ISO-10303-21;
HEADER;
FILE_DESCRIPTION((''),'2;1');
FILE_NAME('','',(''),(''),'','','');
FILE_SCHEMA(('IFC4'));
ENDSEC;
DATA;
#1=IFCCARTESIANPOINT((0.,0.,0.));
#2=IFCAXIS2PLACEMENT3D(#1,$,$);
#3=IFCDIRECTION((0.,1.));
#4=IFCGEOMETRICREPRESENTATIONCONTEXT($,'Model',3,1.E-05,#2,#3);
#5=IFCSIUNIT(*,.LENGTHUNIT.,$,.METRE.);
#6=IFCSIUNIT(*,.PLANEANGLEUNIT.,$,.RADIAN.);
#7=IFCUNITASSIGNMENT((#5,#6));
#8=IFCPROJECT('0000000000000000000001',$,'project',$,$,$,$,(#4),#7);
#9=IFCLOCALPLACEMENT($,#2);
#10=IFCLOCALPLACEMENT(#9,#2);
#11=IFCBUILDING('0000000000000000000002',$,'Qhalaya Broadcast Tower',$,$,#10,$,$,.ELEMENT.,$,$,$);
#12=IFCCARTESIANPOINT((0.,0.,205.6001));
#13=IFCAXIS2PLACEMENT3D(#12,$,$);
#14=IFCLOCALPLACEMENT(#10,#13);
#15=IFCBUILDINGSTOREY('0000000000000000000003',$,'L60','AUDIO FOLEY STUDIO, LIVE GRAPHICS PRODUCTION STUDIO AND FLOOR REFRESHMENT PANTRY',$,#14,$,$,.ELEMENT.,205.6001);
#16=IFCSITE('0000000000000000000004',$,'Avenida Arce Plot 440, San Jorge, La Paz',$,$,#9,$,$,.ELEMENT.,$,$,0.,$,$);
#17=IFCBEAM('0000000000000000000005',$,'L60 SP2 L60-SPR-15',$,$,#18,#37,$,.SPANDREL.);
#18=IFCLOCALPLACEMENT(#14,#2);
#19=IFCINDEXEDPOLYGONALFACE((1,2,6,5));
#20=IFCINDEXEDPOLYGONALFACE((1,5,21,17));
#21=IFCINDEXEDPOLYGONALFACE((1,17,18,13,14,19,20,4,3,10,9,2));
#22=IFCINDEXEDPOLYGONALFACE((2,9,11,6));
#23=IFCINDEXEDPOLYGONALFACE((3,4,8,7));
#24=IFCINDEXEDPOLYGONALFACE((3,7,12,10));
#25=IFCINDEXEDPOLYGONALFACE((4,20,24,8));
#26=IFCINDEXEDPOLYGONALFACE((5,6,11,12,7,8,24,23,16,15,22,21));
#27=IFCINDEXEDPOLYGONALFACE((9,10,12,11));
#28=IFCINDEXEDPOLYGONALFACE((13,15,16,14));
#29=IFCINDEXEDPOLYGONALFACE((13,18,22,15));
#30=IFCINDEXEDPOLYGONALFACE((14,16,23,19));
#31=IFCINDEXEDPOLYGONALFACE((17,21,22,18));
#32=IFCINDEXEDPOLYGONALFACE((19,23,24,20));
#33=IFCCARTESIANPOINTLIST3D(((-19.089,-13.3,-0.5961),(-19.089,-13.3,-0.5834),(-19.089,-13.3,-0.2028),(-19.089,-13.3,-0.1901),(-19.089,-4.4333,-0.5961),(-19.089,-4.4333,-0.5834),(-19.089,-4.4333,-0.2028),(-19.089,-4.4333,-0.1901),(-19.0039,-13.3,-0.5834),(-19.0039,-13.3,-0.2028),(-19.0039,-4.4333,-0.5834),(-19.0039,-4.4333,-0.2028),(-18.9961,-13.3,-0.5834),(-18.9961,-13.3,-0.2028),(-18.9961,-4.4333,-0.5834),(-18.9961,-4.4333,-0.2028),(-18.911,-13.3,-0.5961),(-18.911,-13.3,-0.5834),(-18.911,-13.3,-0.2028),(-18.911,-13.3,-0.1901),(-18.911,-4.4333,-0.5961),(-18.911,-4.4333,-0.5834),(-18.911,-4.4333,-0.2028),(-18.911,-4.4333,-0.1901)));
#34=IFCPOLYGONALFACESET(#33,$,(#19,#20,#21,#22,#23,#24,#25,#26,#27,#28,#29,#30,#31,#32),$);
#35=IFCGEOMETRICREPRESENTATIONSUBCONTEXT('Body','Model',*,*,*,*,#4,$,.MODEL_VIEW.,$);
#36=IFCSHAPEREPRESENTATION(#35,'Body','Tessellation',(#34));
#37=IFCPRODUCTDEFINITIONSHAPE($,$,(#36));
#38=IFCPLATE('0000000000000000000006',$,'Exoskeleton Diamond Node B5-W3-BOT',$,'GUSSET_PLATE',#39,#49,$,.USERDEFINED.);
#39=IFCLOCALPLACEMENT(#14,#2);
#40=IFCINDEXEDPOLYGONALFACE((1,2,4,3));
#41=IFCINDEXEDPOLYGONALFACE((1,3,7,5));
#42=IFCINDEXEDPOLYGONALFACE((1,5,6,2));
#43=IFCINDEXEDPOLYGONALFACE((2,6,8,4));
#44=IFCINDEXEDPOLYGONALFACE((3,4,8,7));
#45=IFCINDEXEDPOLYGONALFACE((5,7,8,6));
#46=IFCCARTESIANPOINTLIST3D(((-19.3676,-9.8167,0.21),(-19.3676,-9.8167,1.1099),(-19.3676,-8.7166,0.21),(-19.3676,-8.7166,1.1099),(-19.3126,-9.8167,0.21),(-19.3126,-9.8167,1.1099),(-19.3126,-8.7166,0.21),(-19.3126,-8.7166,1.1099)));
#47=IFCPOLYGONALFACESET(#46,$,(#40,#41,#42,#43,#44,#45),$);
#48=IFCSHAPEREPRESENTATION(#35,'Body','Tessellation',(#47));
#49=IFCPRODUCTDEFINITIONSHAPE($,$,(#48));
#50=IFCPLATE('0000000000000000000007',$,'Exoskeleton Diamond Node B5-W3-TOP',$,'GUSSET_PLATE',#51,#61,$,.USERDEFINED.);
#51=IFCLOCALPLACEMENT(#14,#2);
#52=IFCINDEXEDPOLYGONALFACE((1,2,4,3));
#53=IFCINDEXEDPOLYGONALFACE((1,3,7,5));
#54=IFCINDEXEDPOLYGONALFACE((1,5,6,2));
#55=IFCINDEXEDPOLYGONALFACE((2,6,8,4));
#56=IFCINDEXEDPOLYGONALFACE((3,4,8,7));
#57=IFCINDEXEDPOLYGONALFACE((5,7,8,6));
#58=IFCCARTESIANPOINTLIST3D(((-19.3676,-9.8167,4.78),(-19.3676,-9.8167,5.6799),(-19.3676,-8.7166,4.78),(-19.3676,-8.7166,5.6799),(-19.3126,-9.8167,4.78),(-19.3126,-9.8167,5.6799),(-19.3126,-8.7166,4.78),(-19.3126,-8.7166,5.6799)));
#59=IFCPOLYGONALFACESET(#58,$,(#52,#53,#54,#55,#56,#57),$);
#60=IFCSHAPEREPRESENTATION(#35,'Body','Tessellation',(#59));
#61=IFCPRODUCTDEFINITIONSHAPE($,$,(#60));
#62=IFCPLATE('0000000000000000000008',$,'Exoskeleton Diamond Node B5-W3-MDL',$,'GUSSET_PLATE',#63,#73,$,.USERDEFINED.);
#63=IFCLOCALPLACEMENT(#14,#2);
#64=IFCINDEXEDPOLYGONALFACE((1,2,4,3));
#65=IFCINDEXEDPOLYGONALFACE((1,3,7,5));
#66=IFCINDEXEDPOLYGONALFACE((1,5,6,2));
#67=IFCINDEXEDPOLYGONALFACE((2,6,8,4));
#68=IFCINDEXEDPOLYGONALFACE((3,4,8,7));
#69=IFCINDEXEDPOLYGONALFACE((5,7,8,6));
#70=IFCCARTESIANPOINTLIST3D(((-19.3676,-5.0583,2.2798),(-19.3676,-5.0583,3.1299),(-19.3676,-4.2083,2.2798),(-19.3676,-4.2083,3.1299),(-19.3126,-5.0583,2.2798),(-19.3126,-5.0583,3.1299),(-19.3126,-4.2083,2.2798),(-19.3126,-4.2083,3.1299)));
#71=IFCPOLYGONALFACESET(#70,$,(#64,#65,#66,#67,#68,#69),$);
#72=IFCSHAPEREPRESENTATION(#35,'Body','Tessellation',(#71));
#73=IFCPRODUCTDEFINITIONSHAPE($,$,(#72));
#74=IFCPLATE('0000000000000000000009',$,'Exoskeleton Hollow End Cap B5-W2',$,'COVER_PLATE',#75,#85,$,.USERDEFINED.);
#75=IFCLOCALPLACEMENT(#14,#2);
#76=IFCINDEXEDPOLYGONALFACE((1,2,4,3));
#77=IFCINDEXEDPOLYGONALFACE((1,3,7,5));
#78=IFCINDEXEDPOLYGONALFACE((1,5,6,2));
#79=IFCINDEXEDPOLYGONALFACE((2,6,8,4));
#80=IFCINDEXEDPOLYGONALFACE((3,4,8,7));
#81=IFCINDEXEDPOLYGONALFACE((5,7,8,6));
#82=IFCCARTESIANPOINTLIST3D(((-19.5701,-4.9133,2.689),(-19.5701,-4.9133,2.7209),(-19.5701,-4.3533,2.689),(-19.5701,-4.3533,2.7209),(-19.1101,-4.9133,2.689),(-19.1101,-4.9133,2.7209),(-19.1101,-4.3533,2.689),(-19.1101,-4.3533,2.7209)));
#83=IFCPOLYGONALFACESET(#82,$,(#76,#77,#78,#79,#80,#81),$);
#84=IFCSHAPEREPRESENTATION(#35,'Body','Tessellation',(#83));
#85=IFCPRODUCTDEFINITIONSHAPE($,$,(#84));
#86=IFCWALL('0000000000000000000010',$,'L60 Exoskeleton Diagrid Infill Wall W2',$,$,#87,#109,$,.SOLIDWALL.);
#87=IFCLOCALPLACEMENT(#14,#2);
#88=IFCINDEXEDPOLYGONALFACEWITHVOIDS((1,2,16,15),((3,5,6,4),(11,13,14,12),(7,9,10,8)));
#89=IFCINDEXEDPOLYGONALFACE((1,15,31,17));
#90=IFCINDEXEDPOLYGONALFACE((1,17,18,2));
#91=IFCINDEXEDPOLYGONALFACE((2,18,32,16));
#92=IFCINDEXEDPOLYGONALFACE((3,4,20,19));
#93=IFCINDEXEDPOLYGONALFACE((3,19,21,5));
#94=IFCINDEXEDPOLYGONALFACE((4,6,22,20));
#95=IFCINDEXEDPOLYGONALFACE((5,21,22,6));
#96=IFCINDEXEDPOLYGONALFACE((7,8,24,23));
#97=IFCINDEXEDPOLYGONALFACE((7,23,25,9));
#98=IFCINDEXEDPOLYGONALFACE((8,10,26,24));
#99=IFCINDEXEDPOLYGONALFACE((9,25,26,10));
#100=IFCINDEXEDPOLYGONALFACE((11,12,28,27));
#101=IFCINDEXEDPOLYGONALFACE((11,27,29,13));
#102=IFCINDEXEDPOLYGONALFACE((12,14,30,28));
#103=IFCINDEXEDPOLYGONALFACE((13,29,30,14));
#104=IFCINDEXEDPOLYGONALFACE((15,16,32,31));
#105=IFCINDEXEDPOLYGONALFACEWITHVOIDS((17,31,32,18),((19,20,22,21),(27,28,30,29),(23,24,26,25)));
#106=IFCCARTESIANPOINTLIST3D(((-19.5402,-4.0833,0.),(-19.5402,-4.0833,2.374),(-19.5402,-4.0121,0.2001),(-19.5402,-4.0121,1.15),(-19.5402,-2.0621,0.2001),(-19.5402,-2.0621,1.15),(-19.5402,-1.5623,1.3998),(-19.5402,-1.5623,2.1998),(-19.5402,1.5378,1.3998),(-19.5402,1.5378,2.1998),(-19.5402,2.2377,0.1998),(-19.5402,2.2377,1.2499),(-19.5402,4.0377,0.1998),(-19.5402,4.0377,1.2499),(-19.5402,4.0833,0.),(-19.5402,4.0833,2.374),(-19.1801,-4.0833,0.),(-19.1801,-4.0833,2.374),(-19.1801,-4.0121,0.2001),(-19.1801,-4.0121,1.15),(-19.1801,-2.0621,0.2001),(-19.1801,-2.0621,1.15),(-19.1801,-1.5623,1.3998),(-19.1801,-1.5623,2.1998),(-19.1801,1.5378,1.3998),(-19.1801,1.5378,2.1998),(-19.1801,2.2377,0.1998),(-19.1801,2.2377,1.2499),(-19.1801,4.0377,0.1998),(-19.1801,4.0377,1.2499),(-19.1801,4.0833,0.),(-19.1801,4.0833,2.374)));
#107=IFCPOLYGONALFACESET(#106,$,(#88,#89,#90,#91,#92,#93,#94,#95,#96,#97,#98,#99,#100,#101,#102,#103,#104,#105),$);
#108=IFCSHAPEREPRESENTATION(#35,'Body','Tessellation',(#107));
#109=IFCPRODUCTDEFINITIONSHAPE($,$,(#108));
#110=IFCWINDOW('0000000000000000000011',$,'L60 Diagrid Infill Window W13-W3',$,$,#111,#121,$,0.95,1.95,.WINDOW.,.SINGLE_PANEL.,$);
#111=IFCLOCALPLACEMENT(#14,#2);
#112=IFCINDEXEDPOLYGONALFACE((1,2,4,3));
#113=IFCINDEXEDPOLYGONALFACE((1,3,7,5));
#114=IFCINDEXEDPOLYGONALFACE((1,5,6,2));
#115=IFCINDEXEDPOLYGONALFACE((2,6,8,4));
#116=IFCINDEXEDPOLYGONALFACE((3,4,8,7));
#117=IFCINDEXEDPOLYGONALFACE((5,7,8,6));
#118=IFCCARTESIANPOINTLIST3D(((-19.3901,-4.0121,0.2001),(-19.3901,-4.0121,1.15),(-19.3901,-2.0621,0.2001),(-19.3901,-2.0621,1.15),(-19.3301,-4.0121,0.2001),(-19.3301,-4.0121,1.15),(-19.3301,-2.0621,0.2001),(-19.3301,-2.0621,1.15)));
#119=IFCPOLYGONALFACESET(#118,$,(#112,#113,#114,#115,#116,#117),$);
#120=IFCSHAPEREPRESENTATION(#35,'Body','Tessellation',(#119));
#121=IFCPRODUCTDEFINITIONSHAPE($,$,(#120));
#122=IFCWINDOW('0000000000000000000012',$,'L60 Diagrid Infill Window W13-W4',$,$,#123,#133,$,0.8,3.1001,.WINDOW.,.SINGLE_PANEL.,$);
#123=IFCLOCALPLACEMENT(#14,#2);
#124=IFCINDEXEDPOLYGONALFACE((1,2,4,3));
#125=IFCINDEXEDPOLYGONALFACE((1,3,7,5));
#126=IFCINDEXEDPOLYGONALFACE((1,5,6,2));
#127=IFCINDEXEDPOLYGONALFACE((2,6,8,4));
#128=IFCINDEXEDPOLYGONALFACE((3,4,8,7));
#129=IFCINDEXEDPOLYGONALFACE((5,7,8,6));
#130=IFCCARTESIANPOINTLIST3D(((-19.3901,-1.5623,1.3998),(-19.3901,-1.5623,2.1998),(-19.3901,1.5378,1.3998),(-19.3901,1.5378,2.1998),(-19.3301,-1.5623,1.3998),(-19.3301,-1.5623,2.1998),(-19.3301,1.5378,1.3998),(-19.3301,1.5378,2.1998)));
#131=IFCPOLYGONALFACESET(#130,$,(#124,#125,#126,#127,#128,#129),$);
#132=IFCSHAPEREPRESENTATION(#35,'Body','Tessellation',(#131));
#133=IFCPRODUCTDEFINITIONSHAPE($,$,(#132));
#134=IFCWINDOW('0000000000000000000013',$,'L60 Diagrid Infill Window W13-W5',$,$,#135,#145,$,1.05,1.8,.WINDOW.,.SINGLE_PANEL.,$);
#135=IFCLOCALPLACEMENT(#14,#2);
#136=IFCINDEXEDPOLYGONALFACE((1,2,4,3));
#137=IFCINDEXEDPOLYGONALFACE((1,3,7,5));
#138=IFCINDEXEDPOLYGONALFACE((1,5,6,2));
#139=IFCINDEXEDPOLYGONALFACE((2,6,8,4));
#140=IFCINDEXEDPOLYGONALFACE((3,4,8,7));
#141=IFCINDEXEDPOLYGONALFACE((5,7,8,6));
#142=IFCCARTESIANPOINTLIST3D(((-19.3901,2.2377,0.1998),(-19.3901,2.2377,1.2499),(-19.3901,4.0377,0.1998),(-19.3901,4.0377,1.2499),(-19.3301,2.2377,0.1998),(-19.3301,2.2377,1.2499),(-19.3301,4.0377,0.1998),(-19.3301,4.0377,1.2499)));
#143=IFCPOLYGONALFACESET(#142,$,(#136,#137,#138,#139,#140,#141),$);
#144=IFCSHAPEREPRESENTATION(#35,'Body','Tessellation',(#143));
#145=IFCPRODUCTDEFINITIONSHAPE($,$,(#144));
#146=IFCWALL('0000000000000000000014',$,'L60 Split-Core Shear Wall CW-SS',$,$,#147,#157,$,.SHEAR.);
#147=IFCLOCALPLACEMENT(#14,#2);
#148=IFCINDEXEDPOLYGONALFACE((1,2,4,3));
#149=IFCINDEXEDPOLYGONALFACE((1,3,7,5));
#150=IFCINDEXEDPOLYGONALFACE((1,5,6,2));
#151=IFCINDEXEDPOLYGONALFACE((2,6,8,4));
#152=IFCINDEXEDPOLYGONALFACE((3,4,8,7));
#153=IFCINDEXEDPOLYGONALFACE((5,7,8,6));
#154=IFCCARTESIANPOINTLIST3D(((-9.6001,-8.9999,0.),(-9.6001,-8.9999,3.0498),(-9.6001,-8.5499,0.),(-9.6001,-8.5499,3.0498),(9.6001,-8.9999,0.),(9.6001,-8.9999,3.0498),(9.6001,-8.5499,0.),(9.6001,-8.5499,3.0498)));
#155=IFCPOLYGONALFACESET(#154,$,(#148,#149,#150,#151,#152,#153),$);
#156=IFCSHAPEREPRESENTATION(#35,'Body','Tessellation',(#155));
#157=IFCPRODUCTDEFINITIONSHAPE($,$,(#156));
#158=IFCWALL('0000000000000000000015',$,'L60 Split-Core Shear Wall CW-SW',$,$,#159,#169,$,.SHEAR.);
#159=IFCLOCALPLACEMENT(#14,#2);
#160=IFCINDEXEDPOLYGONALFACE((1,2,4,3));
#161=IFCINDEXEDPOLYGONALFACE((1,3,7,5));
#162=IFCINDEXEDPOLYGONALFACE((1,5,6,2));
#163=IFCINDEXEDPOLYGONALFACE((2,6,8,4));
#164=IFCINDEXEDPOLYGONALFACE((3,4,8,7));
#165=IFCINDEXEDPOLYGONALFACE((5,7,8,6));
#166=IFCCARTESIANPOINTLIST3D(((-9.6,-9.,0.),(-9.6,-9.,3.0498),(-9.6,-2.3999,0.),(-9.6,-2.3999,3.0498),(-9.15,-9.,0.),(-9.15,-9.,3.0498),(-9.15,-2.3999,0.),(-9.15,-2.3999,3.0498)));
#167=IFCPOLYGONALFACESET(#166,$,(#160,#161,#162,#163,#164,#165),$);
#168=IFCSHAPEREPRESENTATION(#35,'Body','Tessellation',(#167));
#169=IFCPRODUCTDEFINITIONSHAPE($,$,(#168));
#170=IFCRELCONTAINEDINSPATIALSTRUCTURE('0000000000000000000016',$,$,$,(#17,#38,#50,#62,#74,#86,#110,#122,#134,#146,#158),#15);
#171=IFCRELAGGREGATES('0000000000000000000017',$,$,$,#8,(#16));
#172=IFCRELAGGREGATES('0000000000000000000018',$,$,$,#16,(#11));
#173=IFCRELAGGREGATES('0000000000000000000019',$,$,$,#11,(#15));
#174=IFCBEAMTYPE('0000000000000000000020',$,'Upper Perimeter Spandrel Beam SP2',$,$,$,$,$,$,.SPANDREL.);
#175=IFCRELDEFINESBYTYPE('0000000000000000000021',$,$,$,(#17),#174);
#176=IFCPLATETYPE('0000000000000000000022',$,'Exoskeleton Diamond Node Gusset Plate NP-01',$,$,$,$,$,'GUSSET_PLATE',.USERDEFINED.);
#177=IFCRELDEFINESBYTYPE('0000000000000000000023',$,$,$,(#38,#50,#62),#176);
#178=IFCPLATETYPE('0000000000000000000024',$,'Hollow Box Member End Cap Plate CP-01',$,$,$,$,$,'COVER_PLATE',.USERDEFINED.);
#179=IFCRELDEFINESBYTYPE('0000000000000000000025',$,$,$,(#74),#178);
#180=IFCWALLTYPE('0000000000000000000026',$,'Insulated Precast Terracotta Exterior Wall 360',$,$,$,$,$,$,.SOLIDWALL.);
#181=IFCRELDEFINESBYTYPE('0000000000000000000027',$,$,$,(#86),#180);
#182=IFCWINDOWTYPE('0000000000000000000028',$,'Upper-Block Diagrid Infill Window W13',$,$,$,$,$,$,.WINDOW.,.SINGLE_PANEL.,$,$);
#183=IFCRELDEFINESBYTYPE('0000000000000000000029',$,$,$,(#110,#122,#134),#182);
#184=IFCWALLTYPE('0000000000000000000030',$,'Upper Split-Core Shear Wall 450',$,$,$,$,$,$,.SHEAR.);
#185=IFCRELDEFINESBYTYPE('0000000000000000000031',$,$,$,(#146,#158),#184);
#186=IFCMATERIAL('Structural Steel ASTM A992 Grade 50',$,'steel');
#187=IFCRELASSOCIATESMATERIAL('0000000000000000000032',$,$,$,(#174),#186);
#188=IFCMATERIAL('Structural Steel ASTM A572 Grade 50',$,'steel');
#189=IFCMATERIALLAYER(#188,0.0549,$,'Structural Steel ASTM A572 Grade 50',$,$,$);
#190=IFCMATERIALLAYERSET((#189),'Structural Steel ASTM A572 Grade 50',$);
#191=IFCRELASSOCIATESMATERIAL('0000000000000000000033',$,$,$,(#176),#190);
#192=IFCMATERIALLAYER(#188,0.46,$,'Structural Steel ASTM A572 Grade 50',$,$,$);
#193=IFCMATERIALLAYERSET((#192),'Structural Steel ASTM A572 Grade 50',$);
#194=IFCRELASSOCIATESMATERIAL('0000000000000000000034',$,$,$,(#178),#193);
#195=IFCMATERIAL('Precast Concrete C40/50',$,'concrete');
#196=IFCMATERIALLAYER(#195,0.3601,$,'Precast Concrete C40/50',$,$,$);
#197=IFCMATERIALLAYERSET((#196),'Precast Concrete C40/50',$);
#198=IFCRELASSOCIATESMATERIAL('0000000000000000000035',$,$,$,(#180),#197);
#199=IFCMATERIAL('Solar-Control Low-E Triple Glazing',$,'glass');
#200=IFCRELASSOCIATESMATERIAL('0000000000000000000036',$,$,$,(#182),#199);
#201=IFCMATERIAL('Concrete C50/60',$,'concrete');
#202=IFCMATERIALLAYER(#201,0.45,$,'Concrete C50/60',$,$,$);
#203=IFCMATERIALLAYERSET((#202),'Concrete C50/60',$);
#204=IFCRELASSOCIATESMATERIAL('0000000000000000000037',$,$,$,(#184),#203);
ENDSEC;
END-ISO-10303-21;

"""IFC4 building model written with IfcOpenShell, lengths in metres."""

from ifc_helpers import new_model, si_unit, direction, frame, frame_2d, origin, origin_2d, place, context, subcontext, project, spatial, rectangle, i_section, extrude, material, layer, layer_set, material_profile, profile_set, type_object, element, fill, save


model = new_model("IFC4")

# Units and contexts
model_context = context("Model", 3, precision=1e-05, world=origin(), true_north=direction((0.0, 1.0)))
body_context = subcontext(model_context, "Body", "Model", "MODEL_VIEW")
ifc_project = project(units=[si_unit("LENGTHUNIT", "METRE"), si_unit("PLANEANGLEUNIT", "RADIAN")], contexts=[model_context])

# Site, building, storey
site_placement = place(None, origin())
site = spatial("IfcSite", under=ifc_project, at=site_placement, Name="Avenida Arce Plot 440, San Jorge, La Paz", CompositionType="ELEMENT", RefElevation=0.0)
building_placement = place(site_placement, origin())
building = spatial("IfcBuilding", under=site, at=building_placement, Name="Qhalaya Broadcast Tower", CompositionType="ELEMENT")
storey_placement = place(building_placement, frame((0.0, 0.0, 205.6001)))
storey = spatial("IfcBuildingStorey", under=building, at=storey_placement, Name="L60", Description="AUDIO FOLEY STUDIO, LIVE GRAPHICS PRODUCTION STUDIO AND FLOOR REFRESHMENT PANTRY", CompositionType="ELEMENT", Elevation=205.6001)

# Shared definitions
ifc_material_1 = material(Name="Structural Steel ASTM A572 Grade 50", Category="steel")

# Shared definitions
ifc_material_2 = material(Name="Structural Steel ASTM A992 Grade 50", Category="steel")

# Beam
ifc_material_profile_1 = material_profile(ifc_material_2, i_section(OverallWidth=0.178, OverallDepth=0.406, WebThickness=0.0078, FlangeThickness=0.0127, at=origin_2d()), Name="W16X40")
ifc_profile_set_1 = profile_set([ifc_material_profile_1], Name="Structural Steel ASTM A992 Grade 50")
beam_type_1 = type_object("IfcBeamType", Name="Upper Perimeter Spandrel Beam SP2", PredefinedType="SPANDREL", material=ifc_profile_set_1)
beam_1_placement = place(storey_placement, frame((-19.0, -4.4333, -0.3931), z_axis=(0.0, -1.0, 0.0), x_axis=(1.0, 0.0, 0.0)))
element("IfcBeam", 1, at=beam_1_placement, inside=storey, type_object=beam_type_1, Name="L60 SP2 L60-SPR-15", PredefinedType="SPANDREL", context=body_context, shape_type="SweptSolid", body=[
    extrude(i_section(OverallWidth=0.178, OverallDepth=0.406, WebThickness=0.0078, FlangeThickness=0.0127, at=origin_2d()), origin(), (0.0, 0.0, 1.0), 8.8667),
])

# Plates
ifc_layer_1 = layer(ifc_material_1, 0.0549, Name="Structural Steel ASTM A572 Grade 50")
ifc_layer_set_1 = layer_set([ifc_layer_1], Name="Structural Steel ASTM A572 Grade 50")
plate_type_1 = type_object("IfcPlateType", Name="Exoskeleton Diamond Node Gusset Plate NP-01", ElementType="GUSSET_PLATE", PredefinedType="USERDEFINED", material=ifc_layer_set_1)
for number, where, z_axis, x_axis, name in (
    (2, (-19.3401, -9.2666, 0.21), (0.0, 0.0, 1.0), (0.0, 1.0, 0.0), "Exoskeleton Diamond Node B5-W3-BOT"),
    (3, (-19.3401, -9.2666, 4.78), (0.0, 0.0, 1.0), (0.0, 1.0, 0.0), "Exoskeleton Diamond Node B5-W3-TOP"),
):
    element("IfcPlate", number, at=place(storey_placement, frame(where, z_axis=z_axis, x_axis=x_axis)), inside=storey, type_object=plate_type_1, Name=name, ObjectType="GUSSET_PLATE", PredefinedType="USERDEFINED", context=body_context, shape_type="SweptSolid", body=[
        extrude(rectangle(XDim=1.1001, YDim=0.0549, at=origin_2d()), origin(), (0.0, 0.0, 1.0), 0.8999),
    ])
plate_1_placement = place(storey_placement, frame((-19.3401, -4.6333, 2.2798), z_axis=(0.0, 0.0, 1.0), x_axis=(0.0, 1.0, 0.0)))
element("IfcPlate", 4, at=plate_1_placement, inside=storey, type_object=plate_type_1, Name="Exoskeleton Diamond Node B5-W3-MDL", ObjectType="GUSSET_PLATE", PredefinedType="USERDEFINED", context=body_context, shape_type="SweptSolid", body=[
    extrude(rectangle(XDim=0.8501, YDim=0.0549, at=origin_2d()), origin(), (0.0, 0.0, 1.0), 0.8501),
])
ifc_layer_2 = layer(ifc_material_1, 0.46, Name="Structural Steel ASTM A572 Grade 50")
ifc_layer_set_2 = layer_set([ifc_layer_2], Name="Structural Steel ASTM A572 Grade 50")
plate_type_2 = type_object("IfcPlateType", Name="Hollow Box Member End Cap Plate CP-01", ElementType="COVER_PLATE", PredefinedType="USERDEFINED", material=ifc_layer_set_2)
plate_2_placement = place(storey_placement, frame((-19.3401, -4.6333, 2.689), z_axis=(0.0, 0.0, 1.0), x_axis=(0.0, 1.0, 0.0)))
element("IfcPlate", 5, at=plate_2_placement, inside=storey, type_object=plate_type_2, Name="Exoskeleton Hollow End Cap B5-W2", ObjectType="COVER_PLATE", PredefinedType="USERDEFINED", context=body_context, shape_type="SweptSolid", body=[
    extrude(rectangle(XDim=0.5601, YDim=0.46, at=origin_2d()), origin(), (0.0, 0.0, 1.0), 0.032),
])

# Wall, openings, windows
ifc_material_3 = material(Name="Precast Concrete C40/50", Category="concrete")
ifc_layer_3 = layer(ifc_material_3, 0.3601, Name="Precast Concrete C40/50")
ifc_layer_set_3 = layer_set([ifc_layer_3], Name="Precast Concrete C40/50")
wall_type_1 = type_object("IfcWallType", Name="Insulated Precast Terracotta Exterior Wall 360", PredefinedType="SOLIDWALL", material=ifc_layer_set_3)
wall_1_placement = place(storey_placement, frame((-19.3601, -4.0833, 0.0), z_axis=(0.0, 0.0, 1.0), x_axis=(0.0, 1.0, 0.0)))
wall_1 = element("IfcWall", 6, at=wall_1_placement, inside=storey, type_object=wall_type_1, Name="L60 Exoskeleton Diagrid Infill Wall W2", PredefinedType="SOLIDWALL", context=body_context, shape_type="SweptSolid", body=[
    extrude(rectangle(XDim=8.1665, YDim=0.3601, at=frame_2d((4.0833, 0.0))), origin(), (0.0, 0.0, 1.0), 2.374),
])
opening_1_placement = place(wall_1_placement, frame((0.071, 0.0, 0.2)))
opening_1 = element("IfcOpeningElement", 7, at=opening_1_placement, cuts=wall_1, PredefinedType="OPENING", context=body_context, shape_type="SweptSolid", body=[
    extrude(rectangle(XDim=1.95, YDim=0.95, at=frame_2d((0.9751, 0.4751))), frame((0.0, 0.1921, 0.0), z_axis=(0.0, -1.0, 0.0), x_axis=(1.0, 0.0, 0.0)), (0.0, 0.0, 1.0), 0.384),
])
opening_2_placement = place(wall_1_placement, frame((2.521, 0.0, 1.3999)))
opening_2 = element("IfcOpeningElement", 8, at=opening_2_placement, cuts=wall_1, PredefinedType="OPENING", context=body_context, shape_type="SweptSolid", body=[
    extrude(rectangle(XDim=3.1001, YDim=0.8, at=frame_2d((1.55, 0.3999))), frame((0.0, 0.1921, 0.0), z_axis=(0.0, -1.0, 0.0), x_axis=(1.0, 0.0, 0.0)), (0.0, 0.0, 1.0), 0.384),
])
opening_3_placement = place(wall_1_placement, frame((6.321, 0.0, 0.2)))
opening_3 = element("IfcOpeningElement", 9, at=opening_3_placement, cuts=wall_1, PredefinedType="OPENING", context=body_context, shape_type="SweptSolid", body=[
    extrude(rectangle(XDim=1.8, YDim=1.05, at=frame_2d((0.8999, 0.5249))), frame((0.0, 0.1921, 0.0), z_axis=(0.0, -1.0, 0.0), x_axis=(1.0, 0.0, 0.0)), (0.0, 0.0, 1.0), 0.384),
])
ifc_material_4 = material(Name="Solar-Control Low-E Triple Glazing", Category="glass")
window_type = type_object("IfcWindowType", Name="Upper-Block Diagrid Infill Window W13", PartitioningType="SINGLE_PANEL", PredefinedType="WINDOW", material=ifc_material_4)
window_1_placement = place(opening_1_placement, origin())
window_1 = element("IfcWindow", 10, at=window_1_placement, inside=storey, type_object=window_type, Name="L60 Diagrid Infill Window W13-W3", OverallHeight=0.95, OverallWidth=1.95, PartitioningType="SINGLE_PANEL", PredefinedType="WINDOW", context=body_context, shape_type="SweptSolid", body=[
    extrude(rectangle(XDim=1.95, YDim=0.95, at=frame_2d((0.9751, 0.4751))), frame((0.0, 0.03, 0.0), z_axis=(0.0, -1.0, 0.0), x_axis=(1.0, 0.0, 0.0)), (0.0, 0.0, 1.0), 0.0601),
])
fill(opening_1, window_1)
window_2_placement = place(opening_2_placement, origin())
window_2 = element("IfcWindow", 11, at=window_2_placement, inside=storey, type_object=window_type, Name="L60 Diagrid Infill Window W13-W4", OverallHeight=0.8, OverallWidth=3.1001, PartitioningType="SINGLE_PANEL", PredefinedType="WINDOW", context=body_context, shape_type="SweptSolid", body=[
    extrude(rectangle(XDim=3.1001, YDim=0.8, at=frame_2d((1.55, 0.3999))), frame((0.0, 0.03, 0.0), z_axis=(0.0, -1.0, 0.0), x_axis=(1.0, 0.0, 0.0)), (0.0, 0.0, 1.0), 0.0601),
])
fill(opening_2, window_2)
window_3_placement = place(opening_3_placement, origin())
window_3 = element("IfcWindow", 12, at=window_3_placement, inside=storey, type_object=window_type, Name="L60 Diagrid Infill Window W13-W5", OverallHeight=1.05, OverallWidth=1.8, PartitioningType="SINGLE_PANEL", PredefinedType="WINDOW", context=body_context, shape_type="SweptSolid", body=[
    extrude(rectangle(XDim=1.8, YDim=1.05, at=frame_2d((0.8999, 0.5249))), frame((0.0, 0.03, 0.0), z_axis=(0.0, -1.0, 0.0), x_axis=(1.0, 0.0, 0.0)), (0.0, 0.0, 1.0), 0.0601),
])
fill(opening_3, window_3)

# Wall
ifc_material_5 = material(Name="Concrete C50/60", Category="concrete")
ifc_layer_4 = layer(ifc_material_5, 0.45, Name="Concrete C50/60")
ifc_layer_set_4 = layer_set([ifc_layer_4], Name="Concrete C50/60")
wall_type_2 = type_object("IfcWallType", Name="Upper Split-Core Shear Wall 450", PredefinedType="SHEAR", material=ifc_layer_set_4)
wall_2_placement = place(storey_placement, frame((-9.6001, -8.7749, 0.0), z_axis=(0.0, 0.0, 1.0), x_axis=(1.0, 0.0, 0.0)))
element("IfcWall", 13, at=wall_2_placement, inside=storey, type_object=wall_type_2, Name="L60 Split-Core Shear Wall CW-SS", PredefinedType="SHEAR", context=body_context, shape_type="SweptSolid", body=[
    extrude(rectangle(XDim=19.2002, YDim=0.45, at=frame_2d((9.6001, 0.0))), origin(), (0.0, 0.0, 1.0), 3.0498),
])

# Wall
wall_3_placement = place(storey_placement, frame((-9.375, -9.0, 0.0), z_axis=(0.0, 0.0, 1.0), x_axis=(0.0, 1.0, 0.0)))
element("IfcWall", 14, at=wall_3_placement, inside=storey, type_object=wall_type_2, Name="L60 Split-Core Shear Wall CW-SW", PredefinedType="SHEAR", context=body_context, shape_type="SweptSolid", body=[
    extrude(rectangle(XDim=6.6001, YDim=0.45, at=frame_2d((3.3, 0.0))), origin(), (0.0, 0.0, 1.0), 3.0498),
])

save(model, "model.ifc")
